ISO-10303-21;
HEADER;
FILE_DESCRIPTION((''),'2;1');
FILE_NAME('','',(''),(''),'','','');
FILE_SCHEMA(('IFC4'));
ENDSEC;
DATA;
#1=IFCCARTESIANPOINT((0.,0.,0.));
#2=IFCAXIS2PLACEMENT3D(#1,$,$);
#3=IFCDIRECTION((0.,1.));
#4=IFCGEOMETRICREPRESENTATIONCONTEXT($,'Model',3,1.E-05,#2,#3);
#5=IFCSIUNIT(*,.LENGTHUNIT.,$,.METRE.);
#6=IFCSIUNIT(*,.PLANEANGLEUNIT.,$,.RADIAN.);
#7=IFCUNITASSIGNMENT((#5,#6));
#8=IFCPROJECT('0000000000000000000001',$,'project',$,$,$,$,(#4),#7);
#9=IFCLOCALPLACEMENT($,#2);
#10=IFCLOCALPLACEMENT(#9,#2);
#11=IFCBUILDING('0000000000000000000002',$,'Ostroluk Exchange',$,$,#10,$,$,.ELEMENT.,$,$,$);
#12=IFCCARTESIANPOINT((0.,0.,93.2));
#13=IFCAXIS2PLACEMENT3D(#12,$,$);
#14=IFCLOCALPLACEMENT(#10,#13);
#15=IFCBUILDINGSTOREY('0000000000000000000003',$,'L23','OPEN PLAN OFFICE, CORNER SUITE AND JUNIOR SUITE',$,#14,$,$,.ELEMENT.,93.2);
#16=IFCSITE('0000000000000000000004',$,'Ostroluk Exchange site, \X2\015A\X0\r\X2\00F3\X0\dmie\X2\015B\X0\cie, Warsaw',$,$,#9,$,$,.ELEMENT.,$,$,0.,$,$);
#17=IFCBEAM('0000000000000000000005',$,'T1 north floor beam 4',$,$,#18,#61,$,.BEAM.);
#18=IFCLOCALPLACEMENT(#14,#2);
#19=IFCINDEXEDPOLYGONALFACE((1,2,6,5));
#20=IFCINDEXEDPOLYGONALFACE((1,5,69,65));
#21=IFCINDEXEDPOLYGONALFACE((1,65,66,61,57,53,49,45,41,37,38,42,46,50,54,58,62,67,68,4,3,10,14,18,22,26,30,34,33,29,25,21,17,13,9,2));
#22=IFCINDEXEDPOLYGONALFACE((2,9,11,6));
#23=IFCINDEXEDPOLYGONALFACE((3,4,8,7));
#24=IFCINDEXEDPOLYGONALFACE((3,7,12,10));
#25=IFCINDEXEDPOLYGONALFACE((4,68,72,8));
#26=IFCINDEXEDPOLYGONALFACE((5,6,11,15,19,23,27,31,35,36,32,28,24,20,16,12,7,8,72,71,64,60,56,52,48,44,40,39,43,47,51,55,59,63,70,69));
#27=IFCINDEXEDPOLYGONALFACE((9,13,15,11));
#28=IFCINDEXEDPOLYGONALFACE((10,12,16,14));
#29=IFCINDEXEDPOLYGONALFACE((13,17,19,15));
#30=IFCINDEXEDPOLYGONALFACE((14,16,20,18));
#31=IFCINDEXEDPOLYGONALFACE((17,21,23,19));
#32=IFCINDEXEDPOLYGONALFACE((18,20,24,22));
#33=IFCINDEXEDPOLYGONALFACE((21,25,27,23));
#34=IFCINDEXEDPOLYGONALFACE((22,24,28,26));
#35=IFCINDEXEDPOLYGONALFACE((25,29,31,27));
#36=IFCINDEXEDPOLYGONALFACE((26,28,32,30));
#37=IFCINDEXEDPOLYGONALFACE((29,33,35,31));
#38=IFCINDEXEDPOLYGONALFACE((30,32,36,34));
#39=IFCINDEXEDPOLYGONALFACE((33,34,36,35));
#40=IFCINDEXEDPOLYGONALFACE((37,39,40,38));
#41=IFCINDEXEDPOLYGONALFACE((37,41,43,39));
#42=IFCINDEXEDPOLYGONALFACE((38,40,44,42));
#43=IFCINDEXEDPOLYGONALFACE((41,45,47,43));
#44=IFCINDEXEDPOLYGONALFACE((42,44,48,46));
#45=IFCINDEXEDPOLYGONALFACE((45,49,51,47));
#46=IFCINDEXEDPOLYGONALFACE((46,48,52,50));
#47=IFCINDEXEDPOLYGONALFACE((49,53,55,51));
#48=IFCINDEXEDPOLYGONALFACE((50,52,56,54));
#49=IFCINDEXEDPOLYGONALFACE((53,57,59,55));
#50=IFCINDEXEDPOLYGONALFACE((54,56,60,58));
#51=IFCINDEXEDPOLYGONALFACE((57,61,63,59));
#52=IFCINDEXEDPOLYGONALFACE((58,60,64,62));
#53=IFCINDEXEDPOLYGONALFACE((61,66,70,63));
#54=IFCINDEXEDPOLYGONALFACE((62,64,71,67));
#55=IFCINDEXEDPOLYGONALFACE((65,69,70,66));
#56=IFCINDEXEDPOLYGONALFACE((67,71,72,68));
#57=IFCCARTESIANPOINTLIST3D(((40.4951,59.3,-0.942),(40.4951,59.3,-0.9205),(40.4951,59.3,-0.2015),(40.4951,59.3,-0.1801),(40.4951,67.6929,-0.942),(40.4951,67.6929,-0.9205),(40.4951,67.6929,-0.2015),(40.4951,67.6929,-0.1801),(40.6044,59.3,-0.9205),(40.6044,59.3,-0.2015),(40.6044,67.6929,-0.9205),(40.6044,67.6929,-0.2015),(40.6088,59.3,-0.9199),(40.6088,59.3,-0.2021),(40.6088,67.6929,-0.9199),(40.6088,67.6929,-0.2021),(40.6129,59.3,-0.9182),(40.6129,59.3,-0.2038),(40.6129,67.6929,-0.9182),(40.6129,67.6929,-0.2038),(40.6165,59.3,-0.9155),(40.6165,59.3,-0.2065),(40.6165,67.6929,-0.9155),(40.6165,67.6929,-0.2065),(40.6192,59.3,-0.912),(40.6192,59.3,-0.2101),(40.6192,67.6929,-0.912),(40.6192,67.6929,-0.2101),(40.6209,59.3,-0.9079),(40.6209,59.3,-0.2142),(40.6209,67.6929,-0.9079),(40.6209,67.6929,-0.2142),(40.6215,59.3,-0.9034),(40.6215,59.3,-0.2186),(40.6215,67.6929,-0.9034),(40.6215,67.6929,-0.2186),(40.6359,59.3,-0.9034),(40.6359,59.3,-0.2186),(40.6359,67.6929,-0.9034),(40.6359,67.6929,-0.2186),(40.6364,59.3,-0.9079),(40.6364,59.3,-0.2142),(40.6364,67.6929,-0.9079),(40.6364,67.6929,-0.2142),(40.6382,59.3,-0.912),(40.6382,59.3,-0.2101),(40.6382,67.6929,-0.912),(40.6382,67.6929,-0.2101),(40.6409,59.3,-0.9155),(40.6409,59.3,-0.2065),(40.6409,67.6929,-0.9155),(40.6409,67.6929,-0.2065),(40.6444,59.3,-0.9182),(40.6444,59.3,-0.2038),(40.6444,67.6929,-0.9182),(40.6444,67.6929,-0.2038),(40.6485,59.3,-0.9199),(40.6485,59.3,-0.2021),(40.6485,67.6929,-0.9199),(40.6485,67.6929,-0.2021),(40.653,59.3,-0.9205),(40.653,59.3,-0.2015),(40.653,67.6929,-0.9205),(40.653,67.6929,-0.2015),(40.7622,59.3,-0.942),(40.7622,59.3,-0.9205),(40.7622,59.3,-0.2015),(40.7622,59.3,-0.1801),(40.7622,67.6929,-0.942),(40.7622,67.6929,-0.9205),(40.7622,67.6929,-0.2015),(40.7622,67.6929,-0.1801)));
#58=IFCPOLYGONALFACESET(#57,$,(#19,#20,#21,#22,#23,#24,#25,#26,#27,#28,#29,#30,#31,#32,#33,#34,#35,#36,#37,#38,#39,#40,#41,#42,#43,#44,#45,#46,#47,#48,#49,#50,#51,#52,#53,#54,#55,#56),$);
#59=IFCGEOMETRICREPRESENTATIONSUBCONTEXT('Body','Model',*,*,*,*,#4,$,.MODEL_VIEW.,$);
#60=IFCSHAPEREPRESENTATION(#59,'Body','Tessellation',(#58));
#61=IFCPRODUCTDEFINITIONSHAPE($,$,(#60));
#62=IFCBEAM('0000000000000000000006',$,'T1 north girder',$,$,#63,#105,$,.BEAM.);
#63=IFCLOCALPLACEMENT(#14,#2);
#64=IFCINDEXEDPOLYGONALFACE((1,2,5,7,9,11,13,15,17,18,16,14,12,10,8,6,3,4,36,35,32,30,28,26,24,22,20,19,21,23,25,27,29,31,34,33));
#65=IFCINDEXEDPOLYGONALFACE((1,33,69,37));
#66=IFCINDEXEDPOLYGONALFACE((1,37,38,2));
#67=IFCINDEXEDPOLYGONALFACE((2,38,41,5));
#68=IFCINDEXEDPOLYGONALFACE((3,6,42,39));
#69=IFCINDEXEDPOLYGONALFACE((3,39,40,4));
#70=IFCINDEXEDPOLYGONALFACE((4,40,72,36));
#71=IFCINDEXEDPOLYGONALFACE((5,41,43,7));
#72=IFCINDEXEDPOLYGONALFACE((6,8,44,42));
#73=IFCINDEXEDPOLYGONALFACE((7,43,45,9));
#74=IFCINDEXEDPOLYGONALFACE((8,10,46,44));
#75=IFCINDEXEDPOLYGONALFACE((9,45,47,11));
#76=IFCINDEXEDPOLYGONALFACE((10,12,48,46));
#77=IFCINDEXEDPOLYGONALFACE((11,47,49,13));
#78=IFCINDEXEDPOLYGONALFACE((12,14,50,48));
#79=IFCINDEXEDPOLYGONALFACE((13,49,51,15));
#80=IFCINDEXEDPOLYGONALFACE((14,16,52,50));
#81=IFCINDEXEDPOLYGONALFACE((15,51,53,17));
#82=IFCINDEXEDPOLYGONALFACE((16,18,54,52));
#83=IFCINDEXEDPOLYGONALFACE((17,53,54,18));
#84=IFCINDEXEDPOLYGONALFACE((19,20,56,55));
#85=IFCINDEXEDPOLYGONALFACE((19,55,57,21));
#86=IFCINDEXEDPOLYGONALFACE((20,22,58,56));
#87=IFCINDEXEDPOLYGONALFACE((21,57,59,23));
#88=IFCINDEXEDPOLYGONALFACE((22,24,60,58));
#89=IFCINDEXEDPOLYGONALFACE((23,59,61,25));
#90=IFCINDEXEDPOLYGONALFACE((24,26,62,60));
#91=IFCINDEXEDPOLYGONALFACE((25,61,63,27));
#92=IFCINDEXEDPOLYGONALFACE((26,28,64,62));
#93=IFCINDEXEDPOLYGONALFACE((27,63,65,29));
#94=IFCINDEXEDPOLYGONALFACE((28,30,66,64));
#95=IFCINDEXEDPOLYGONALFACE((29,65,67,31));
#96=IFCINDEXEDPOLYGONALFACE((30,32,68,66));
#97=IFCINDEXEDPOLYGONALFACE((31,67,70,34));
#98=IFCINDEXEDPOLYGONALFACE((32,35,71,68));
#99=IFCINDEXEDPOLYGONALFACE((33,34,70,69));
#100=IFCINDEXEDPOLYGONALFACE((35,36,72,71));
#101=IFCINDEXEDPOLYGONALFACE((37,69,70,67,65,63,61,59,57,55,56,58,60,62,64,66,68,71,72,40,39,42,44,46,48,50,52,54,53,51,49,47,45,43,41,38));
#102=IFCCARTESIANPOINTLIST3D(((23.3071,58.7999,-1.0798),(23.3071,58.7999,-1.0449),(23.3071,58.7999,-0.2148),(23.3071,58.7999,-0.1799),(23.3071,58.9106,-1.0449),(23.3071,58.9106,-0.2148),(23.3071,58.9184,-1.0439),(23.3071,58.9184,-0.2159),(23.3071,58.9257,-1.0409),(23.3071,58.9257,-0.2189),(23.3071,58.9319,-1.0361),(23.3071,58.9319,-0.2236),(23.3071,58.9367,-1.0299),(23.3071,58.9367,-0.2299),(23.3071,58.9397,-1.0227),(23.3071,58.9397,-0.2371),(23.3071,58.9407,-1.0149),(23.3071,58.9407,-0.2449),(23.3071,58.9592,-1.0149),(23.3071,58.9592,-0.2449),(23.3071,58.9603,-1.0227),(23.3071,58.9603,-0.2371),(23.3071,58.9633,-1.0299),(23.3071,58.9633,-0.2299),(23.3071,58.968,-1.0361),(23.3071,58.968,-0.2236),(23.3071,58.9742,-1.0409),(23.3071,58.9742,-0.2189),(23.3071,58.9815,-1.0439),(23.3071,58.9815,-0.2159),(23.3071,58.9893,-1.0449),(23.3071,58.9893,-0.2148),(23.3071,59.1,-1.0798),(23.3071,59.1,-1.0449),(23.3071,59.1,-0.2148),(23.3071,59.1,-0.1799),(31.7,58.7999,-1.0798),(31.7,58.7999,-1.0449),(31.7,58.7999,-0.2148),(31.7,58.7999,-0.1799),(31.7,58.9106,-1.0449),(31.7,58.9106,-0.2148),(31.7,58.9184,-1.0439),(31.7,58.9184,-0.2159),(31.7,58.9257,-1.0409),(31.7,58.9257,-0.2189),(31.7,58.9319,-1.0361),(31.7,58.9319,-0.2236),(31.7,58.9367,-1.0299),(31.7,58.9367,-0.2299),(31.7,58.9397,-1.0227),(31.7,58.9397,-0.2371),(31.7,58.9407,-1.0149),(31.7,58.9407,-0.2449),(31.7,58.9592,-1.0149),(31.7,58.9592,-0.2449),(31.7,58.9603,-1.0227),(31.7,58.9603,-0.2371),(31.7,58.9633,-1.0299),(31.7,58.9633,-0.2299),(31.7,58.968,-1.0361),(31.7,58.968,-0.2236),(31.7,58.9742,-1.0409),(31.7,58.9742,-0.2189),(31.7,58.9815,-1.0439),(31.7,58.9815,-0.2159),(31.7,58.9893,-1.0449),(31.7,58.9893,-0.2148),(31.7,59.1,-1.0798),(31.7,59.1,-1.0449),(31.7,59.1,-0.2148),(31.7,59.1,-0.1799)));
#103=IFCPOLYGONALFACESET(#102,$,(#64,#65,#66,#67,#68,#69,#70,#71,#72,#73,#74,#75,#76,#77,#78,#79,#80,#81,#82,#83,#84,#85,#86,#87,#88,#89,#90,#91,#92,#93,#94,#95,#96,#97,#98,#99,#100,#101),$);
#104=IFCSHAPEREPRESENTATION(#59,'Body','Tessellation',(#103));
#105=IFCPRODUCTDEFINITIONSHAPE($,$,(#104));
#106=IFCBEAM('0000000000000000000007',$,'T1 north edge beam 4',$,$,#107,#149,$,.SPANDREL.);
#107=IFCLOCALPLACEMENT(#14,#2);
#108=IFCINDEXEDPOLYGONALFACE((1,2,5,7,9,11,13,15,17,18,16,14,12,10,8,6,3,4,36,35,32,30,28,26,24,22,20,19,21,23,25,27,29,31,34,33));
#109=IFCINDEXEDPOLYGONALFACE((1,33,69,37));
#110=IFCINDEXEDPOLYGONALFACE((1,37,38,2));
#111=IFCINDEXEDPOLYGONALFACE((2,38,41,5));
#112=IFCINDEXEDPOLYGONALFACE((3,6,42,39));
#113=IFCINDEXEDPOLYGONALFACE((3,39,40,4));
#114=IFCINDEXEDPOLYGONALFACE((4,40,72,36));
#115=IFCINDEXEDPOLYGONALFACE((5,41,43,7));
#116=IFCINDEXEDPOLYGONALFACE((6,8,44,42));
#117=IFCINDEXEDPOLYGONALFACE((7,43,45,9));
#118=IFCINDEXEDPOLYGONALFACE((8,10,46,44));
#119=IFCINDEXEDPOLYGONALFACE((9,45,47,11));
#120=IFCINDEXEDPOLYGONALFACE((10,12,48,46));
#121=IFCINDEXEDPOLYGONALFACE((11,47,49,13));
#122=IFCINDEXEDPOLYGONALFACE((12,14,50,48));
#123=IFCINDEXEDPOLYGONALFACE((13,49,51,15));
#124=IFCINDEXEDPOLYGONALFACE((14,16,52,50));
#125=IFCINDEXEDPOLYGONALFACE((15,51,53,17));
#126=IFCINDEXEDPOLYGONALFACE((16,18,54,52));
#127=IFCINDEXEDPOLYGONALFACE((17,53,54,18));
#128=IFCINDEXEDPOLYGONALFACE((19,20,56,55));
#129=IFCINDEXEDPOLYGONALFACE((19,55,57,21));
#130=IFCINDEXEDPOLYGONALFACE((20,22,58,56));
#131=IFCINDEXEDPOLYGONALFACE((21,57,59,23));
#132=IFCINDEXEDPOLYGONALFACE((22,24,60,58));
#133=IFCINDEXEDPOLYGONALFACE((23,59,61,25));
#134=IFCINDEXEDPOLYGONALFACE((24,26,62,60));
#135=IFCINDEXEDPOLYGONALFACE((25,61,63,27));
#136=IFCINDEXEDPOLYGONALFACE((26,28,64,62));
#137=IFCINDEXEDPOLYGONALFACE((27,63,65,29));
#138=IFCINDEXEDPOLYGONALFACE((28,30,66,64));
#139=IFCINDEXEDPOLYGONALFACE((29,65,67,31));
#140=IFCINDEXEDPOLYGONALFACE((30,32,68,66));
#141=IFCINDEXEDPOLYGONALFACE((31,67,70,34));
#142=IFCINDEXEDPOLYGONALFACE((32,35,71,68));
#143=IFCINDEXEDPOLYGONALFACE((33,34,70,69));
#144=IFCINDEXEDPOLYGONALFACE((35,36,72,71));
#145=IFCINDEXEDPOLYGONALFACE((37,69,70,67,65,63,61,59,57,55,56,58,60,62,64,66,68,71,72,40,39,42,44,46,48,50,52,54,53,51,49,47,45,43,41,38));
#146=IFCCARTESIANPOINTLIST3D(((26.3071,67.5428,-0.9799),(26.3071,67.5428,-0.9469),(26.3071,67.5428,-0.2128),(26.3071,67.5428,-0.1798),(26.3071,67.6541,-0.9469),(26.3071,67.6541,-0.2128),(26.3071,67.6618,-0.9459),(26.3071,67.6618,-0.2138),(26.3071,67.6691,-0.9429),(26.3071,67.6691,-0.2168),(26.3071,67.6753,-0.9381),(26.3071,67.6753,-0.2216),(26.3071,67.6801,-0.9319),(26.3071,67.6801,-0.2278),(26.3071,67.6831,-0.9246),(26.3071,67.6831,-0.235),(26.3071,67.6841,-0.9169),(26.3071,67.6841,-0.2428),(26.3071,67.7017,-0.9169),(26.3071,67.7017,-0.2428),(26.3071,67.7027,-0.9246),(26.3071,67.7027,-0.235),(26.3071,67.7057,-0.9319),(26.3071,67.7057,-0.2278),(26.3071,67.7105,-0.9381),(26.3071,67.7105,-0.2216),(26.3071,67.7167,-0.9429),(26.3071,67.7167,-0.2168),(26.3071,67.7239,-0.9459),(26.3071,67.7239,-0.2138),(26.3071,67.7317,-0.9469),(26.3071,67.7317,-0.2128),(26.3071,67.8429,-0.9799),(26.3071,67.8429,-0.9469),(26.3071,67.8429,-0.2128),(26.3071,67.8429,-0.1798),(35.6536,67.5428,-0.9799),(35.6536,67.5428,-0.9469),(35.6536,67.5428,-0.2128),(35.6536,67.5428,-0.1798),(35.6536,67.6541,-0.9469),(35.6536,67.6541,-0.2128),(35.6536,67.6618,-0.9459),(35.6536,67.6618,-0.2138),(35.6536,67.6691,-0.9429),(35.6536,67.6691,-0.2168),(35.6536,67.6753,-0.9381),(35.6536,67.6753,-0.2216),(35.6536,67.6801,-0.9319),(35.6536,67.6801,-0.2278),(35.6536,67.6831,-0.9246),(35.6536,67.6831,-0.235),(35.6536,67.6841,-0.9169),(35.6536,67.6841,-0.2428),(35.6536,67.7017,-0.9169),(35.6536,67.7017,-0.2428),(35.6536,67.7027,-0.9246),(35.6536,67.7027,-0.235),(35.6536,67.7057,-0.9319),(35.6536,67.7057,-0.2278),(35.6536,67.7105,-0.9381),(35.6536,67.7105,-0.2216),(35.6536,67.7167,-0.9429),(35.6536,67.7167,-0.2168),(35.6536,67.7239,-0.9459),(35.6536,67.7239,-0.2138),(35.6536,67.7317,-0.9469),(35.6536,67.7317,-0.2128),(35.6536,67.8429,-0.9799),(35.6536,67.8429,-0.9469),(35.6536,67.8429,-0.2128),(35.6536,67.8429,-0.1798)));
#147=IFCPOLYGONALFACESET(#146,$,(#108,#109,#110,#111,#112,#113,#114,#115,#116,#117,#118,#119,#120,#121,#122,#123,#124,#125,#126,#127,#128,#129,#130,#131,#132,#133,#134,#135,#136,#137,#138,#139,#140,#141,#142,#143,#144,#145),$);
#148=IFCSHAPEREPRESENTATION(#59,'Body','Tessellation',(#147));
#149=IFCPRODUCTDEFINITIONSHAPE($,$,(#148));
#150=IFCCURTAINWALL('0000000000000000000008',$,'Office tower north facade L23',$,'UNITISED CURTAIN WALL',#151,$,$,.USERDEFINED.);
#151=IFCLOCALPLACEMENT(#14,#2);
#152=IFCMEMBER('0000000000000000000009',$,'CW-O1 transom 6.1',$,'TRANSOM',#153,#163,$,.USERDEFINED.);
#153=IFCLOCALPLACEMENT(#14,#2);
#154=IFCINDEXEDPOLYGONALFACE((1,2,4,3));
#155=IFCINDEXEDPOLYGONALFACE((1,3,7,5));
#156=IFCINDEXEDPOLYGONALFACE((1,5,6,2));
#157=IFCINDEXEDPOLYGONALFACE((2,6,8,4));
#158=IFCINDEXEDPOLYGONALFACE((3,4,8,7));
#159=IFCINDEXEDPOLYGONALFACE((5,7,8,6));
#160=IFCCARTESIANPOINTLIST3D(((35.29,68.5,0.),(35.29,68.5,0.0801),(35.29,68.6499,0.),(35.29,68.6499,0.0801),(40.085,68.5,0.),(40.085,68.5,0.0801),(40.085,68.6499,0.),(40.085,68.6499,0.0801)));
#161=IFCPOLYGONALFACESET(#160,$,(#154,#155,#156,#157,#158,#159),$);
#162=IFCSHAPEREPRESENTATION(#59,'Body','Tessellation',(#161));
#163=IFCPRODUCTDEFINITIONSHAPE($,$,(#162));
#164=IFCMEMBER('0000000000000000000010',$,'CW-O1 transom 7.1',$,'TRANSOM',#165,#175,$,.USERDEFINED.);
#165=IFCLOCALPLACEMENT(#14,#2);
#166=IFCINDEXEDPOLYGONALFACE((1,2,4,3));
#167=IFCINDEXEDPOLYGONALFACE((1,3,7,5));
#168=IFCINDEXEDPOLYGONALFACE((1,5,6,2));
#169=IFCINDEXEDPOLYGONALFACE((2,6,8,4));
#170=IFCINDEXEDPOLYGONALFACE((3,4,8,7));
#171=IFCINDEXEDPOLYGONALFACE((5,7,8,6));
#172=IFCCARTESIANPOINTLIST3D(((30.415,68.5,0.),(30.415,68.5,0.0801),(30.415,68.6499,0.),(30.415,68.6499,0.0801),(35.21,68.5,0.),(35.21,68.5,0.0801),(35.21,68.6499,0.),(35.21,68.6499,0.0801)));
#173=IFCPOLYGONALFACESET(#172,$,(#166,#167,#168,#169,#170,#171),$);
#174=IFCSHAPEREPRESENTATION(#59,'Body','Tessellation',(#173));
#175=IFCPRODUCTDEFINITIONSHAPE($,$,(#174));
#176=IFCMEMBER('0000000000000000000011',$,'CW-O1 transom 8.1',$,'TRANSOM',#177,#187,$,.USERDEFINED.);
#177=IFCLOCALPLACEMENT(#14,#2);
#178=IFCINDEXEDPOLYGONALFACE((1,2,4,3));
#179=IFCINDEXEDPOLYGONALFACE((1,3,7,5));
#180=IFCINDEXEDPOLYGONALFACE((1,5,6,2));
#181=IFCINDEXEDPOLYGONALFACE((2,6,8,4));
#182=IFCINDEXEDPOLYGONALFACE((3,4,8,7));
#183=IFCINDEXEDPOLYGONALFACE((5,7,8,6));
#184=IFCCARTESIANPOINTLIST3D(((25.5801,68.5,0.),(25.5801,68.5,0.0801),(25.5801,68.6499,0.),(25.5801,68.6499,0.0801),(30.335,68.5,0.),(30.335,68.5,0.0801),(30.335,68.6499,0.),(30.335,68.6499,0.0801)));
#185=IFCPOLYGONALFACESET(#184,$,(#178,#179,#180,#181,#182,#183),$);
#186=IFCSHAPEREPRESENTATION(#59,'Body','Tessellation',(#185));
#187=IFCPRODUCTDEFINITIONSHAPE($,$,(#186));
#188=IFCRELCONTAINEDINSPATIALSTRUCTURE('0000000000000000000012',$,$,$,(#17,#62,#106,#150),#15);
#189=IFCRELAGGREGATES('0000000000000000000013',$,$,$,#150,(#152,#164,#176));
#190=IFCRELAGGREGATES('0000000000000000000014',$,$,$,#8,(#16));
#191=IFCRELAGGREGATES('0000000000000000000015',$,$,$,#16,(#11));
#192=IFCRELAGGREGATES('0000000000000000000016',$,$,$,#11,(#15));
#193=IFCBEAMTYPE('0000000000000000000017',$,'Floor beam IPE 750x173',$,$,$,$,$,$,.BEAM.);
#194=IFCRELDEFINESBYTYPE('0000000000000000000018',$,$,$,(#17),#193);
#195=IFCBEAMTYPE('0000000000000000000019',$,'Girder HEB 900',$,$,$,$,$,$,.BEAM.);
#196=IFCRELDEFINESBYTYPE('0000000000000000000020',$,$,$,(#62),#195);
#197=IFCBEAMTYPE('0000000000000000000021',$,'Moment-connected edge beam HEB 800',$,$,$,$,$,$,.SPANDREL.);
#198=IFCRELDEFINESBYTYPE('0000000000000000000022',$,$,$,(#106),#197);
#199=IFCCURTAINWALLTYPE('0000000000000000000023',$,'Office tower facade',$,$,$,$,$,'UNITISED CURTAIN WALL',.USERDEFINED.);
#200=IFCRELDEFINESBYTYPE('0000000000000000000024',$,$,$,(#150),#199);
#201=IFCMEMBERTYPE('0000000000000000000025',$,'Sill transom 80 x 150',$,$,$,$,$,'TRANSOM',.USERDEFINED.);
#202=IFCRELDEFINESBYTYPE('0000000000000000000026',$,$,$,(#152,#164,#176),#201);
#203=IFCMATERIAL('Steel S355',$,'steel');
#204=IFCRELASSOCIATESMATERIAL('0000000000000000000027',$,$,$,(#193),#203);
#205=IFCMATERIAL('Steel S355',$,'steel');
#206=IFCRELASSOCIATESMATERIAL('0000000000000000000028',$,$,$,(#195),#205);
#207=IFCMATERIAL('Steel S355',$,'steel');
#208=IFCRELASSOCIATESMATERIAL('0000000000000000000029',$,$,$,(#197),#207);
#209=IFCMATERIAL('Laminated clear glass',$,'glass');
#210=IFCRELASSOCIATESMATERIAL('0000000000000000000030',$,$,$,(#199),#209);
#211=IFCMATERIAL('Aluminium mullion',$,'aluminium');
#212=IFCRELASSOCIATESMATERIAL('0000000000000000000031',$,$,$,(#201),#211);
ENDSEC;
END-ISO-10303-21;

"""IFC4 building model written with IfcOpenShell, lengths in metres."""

from ifc_helpers import new_model, si_unit, direction, frame, origin, origin_2d, place, context, subcontext, project, spatial, rectangle, i_section, extrude, material, material_profile, profile_set, type_object, element, aggregate, save


model = new_model("IFC4")

# Units and contexts
model_context = context("Model", 3, precision=1e-05, world=origin(), true_north=direction((0.0, 1.0)))
body_context = subcontext(model_context, "Body", "Model", "MODEL_VIEW")
ifc_project = project(units=[si_unit("LENGTHUNIT", "METRE"), si_unit("PLANEANGLEUNIT", "RADIAN")], contexts=[model_context])

# Site, building, storey
site_placement = place(None, origin())
site = spatial("IfcSite", under=ifc_project, at=site_placement, Name="Ostroluk Exchange site, Śródmieście, Warsaw", CompositionType="ELEMENT", RefElevation=0.0)
building_placement = place(site_placement, origin())
building = spatial("IfcBuilding", under=site, at=building_placement, Name="Ostroluk Exchange", CompositionType="ELEMENT")
storey_placement = place(building_placement, frame((0.0, 0.0, 93.2)))
storey = spatial("IfcBuildingStorey", under=building, at=storey_placement, Name="L23", Description="OPEN PLAN OFFICE, CORNER SUITE AND JUNIOR SUITE", CompositionType="ELEMENT", Elevation=93.2)

# Beams
ifc_material_1 = material(Name="Steel S355", Category="steel")
ifc_material_profile_1 = material_profile(ifc_material_1, i_section(OverallWidth=0.2671, OverallDepth=0.762, WebThickness=0.0144, FlangeThickness=0.0215, FilletRadius=0.0171, at=origin_2d()), Name="IPE 750x173")
ifc_profile_set_1 = profile_set([ifc_material_profile_1], Name="Steel S355")
beam_type_1 = type_object("IfcBeamType", Name="Floor beam IPE 750x173", PredefinedType="BEAM", material=ifc_profile_set_1)
beam_1_placement = place(storey_placement, frame((40.6287, 59.3, -0.561), z_axis=(0.0, 1.0, 0.0), x_axis=(-1.0, 0.0, 0.0)))
element("IfcBeam", 1, at=beam_1_placement, inside=storey, type_object=beam_type_1, Name="T1 north floor beam 4", PredefinedType="BEAM", context=body_context, shape_type="SweptSolid", body=[
    extrude(i_section(OverallWidth=0.2671, OverallDepth=0.762, WebThickness=0.0144, FlangeThickness=0.0215, FilletRadius=0.0171, at=origin_2d()), origin(), (0.0, 0.0, 1.0), 8.3928),
])
ifc_material_2 = material(Name="Steel S355", Category="steel")
ifc_material_profile_2 = material_profile(ifc_material_2, i_section(OverallWidth=0.3, OverallDepth=0.8999, WebThickness=0.0186, FlangeThickness=0.0349, FilletRadius=0.03, at=origin_2d()), Name="HEB 900")
ifc_profile_set_2 = profile_set([ifc_material_profile_2], Name="Steel S355")
beam_type_2 = type_object("IfcBeamType", Name="Girder HEB 900", PredefinedType="BEAM", material=ifc_profile_set_2)
beam_2_placement = place(storey_placement, frame((31.7, 58.95, -0.6299), z_axis=(-1.0, 0.0, 0.0), x_axis=(0.0, -1.0, 0.0)))
element("IfcBeam", 2, at=beam_2_placement, inside=storey, type_object=beam_type_2, Name="T1 north girder", PredefinedType="BEAM", context=body_context, shape_type="SweptSolid", body=[
    extrude(i_section(OverallWidth=0.3, OverallDepth=0.8999, WebThickness=0.0186, FlangeThickness=0.0349, FilletRadius=0.03, at=origin_2d()), origin(), (0.0, 0.0, 1.0), 8.3928),
])
ifc_material_3 = material(Name="Steel S355", Category="steel")
ifc_material_profile_3 = material_profile(ifc_material_3, i_section(OverallWidth=0.3, OverallDepth=0.8, WebThickness=0.0176, FlangeThickness=0.033, FilletRadius=0.03, at=origin_2d()), Name="HEB 800")
ifc_profile_set_3 = profile_set([ifc_material_profile_3], Name="Steel S355")
beam_type_3 = type_object("IfcBeamType", Name="Moment-connected edge beam HEB 800", PredefinedType="SPANDREL", material=ifc_profile_set_3)
beam_3_placement = place(storey_placement, frame((35.6536, 67.6929, -0.5798), z_axis=(-1.0, 0.0, 0.0), x_axis=(0.0, -1.0, 0.0)))
element("IfcBeam", 3, at=beam_3_placement, inside=storey, type_object=beam_type_3, Name="T1 north edge beam 4", PredefinedType="SPANDREL", context=body_context, shape_type="SweptSolid", body=[
    extrude(i_section(OverallWidth=0.3, OverallDepth=0.8, WebThickness=0.0176, FlangeThickness=0.033, FilletRadius=0.03, at=origin_2d()), origin(), (0.0, 0.0, 1.0), 9.3464),
])

# Curtain wall, members
ifc_material_4 = material(Name="Laminated clear glass", Category="glass")
curtain_wall_type = type_object("IfcCurtainWallType", Name="Office tower facade", ElementType="UNITISED CURTAIN WALL", PredefinedType="USERDEFINED", material=ifc_material_4)
curtain_wall_placement = place(storey_placement, origin())
curtain_wall = element("IfcCurtainWall", 4, at=curtain_wall_placement, inside=storey, type_object=curtain_wall_type, Name="Office tower north facade L23", ObjectType="UNITISED CURTAIN WALL", PredefinedType="USERDEFINED")
ifc_material_5 = material(Name="Aluminium mullion", Category="aluminium")
ifc_material_profile_4 = material_profile(ifc_material_5, rectangle(XDim=0.1499, YDim=0.0801, at=origin_2d()), Name="Sill transom 80 x 150")
ifc_profile_set_4 = profile_set([ifc_material_profile_4], Name="Aluminium mullion")
member_type_1 = type_object("IfcMemberType", Name="Sill transom 80 x 150", ElementType="TRANSOM", PredefinedType="USERDEFINED", material=ifc_profile_set_4)
member_1_placement = place(storey_placement, frame((40.085, 68.575, 0.04), z_axis=(-1.0, 0.0, 0.0), x_axis=(0.0, -1.0, 0.0)))
member_1 = element("IfcMember", 5, at=member_1_placement, type_object=member_type_1, Name="CW-O1 transom 6.1", ObjectType="TRANSOM", PredefinedType="USERDEFINED", context=body_context, shape_type="SweptSolid", body=[
    extrude(rectangle(XDim=0.1499, YDim=0.0801, at=origin_2d()), origin(), (0.0, 0.0, 1.0), 4.7949),
])
member_2_placement = place(storey_placement, frame((35.21, 68.575, 0.04), z_axis=(-1.0, 0.0, 0.0), x_axis=(0.0, -1.0, 0.0)))
member_2 = element("IfcMember", 6, at=member_2_placement, type_object=member_type_1, Name="CW-O1 transom 7.1", ObjectType="TRANSOM", PredefinedType="USERDEFINED", context=body_context, shape_type="SweptSolid", body=[
    extrude(rectangle(XDim=0.1499, YDim=0.0801, at=origin_2d()), origin(), (0.0, 0.0, 1.0), 4.7949),
])
member_3_placement = place(storey_placement, frame((30.335, 68.575, 0.04), z_axis=(-1.0, 0.0, 0.0), x_axis=(0.0, -1.0, 0.0)))
member_3 = element("IfcMember", 7, at=member_3_placement, type_object=member_type_1, Name="CW-O1 transom 8.1", ObjectType="TRANSOM", PredefinedType="USERDEFINED", context=body_context, shape_type="SweptSolid", body=[
    extrude(rectangle(XDim=0.1499, YDim=0.0801, at=origin_2d()), origin(), (0.0, 0.0, 1.0), 4.7549),
])
aggregate(curtain_wall, [member_1, member_2, member_3])

save(model, "model.ifc")
